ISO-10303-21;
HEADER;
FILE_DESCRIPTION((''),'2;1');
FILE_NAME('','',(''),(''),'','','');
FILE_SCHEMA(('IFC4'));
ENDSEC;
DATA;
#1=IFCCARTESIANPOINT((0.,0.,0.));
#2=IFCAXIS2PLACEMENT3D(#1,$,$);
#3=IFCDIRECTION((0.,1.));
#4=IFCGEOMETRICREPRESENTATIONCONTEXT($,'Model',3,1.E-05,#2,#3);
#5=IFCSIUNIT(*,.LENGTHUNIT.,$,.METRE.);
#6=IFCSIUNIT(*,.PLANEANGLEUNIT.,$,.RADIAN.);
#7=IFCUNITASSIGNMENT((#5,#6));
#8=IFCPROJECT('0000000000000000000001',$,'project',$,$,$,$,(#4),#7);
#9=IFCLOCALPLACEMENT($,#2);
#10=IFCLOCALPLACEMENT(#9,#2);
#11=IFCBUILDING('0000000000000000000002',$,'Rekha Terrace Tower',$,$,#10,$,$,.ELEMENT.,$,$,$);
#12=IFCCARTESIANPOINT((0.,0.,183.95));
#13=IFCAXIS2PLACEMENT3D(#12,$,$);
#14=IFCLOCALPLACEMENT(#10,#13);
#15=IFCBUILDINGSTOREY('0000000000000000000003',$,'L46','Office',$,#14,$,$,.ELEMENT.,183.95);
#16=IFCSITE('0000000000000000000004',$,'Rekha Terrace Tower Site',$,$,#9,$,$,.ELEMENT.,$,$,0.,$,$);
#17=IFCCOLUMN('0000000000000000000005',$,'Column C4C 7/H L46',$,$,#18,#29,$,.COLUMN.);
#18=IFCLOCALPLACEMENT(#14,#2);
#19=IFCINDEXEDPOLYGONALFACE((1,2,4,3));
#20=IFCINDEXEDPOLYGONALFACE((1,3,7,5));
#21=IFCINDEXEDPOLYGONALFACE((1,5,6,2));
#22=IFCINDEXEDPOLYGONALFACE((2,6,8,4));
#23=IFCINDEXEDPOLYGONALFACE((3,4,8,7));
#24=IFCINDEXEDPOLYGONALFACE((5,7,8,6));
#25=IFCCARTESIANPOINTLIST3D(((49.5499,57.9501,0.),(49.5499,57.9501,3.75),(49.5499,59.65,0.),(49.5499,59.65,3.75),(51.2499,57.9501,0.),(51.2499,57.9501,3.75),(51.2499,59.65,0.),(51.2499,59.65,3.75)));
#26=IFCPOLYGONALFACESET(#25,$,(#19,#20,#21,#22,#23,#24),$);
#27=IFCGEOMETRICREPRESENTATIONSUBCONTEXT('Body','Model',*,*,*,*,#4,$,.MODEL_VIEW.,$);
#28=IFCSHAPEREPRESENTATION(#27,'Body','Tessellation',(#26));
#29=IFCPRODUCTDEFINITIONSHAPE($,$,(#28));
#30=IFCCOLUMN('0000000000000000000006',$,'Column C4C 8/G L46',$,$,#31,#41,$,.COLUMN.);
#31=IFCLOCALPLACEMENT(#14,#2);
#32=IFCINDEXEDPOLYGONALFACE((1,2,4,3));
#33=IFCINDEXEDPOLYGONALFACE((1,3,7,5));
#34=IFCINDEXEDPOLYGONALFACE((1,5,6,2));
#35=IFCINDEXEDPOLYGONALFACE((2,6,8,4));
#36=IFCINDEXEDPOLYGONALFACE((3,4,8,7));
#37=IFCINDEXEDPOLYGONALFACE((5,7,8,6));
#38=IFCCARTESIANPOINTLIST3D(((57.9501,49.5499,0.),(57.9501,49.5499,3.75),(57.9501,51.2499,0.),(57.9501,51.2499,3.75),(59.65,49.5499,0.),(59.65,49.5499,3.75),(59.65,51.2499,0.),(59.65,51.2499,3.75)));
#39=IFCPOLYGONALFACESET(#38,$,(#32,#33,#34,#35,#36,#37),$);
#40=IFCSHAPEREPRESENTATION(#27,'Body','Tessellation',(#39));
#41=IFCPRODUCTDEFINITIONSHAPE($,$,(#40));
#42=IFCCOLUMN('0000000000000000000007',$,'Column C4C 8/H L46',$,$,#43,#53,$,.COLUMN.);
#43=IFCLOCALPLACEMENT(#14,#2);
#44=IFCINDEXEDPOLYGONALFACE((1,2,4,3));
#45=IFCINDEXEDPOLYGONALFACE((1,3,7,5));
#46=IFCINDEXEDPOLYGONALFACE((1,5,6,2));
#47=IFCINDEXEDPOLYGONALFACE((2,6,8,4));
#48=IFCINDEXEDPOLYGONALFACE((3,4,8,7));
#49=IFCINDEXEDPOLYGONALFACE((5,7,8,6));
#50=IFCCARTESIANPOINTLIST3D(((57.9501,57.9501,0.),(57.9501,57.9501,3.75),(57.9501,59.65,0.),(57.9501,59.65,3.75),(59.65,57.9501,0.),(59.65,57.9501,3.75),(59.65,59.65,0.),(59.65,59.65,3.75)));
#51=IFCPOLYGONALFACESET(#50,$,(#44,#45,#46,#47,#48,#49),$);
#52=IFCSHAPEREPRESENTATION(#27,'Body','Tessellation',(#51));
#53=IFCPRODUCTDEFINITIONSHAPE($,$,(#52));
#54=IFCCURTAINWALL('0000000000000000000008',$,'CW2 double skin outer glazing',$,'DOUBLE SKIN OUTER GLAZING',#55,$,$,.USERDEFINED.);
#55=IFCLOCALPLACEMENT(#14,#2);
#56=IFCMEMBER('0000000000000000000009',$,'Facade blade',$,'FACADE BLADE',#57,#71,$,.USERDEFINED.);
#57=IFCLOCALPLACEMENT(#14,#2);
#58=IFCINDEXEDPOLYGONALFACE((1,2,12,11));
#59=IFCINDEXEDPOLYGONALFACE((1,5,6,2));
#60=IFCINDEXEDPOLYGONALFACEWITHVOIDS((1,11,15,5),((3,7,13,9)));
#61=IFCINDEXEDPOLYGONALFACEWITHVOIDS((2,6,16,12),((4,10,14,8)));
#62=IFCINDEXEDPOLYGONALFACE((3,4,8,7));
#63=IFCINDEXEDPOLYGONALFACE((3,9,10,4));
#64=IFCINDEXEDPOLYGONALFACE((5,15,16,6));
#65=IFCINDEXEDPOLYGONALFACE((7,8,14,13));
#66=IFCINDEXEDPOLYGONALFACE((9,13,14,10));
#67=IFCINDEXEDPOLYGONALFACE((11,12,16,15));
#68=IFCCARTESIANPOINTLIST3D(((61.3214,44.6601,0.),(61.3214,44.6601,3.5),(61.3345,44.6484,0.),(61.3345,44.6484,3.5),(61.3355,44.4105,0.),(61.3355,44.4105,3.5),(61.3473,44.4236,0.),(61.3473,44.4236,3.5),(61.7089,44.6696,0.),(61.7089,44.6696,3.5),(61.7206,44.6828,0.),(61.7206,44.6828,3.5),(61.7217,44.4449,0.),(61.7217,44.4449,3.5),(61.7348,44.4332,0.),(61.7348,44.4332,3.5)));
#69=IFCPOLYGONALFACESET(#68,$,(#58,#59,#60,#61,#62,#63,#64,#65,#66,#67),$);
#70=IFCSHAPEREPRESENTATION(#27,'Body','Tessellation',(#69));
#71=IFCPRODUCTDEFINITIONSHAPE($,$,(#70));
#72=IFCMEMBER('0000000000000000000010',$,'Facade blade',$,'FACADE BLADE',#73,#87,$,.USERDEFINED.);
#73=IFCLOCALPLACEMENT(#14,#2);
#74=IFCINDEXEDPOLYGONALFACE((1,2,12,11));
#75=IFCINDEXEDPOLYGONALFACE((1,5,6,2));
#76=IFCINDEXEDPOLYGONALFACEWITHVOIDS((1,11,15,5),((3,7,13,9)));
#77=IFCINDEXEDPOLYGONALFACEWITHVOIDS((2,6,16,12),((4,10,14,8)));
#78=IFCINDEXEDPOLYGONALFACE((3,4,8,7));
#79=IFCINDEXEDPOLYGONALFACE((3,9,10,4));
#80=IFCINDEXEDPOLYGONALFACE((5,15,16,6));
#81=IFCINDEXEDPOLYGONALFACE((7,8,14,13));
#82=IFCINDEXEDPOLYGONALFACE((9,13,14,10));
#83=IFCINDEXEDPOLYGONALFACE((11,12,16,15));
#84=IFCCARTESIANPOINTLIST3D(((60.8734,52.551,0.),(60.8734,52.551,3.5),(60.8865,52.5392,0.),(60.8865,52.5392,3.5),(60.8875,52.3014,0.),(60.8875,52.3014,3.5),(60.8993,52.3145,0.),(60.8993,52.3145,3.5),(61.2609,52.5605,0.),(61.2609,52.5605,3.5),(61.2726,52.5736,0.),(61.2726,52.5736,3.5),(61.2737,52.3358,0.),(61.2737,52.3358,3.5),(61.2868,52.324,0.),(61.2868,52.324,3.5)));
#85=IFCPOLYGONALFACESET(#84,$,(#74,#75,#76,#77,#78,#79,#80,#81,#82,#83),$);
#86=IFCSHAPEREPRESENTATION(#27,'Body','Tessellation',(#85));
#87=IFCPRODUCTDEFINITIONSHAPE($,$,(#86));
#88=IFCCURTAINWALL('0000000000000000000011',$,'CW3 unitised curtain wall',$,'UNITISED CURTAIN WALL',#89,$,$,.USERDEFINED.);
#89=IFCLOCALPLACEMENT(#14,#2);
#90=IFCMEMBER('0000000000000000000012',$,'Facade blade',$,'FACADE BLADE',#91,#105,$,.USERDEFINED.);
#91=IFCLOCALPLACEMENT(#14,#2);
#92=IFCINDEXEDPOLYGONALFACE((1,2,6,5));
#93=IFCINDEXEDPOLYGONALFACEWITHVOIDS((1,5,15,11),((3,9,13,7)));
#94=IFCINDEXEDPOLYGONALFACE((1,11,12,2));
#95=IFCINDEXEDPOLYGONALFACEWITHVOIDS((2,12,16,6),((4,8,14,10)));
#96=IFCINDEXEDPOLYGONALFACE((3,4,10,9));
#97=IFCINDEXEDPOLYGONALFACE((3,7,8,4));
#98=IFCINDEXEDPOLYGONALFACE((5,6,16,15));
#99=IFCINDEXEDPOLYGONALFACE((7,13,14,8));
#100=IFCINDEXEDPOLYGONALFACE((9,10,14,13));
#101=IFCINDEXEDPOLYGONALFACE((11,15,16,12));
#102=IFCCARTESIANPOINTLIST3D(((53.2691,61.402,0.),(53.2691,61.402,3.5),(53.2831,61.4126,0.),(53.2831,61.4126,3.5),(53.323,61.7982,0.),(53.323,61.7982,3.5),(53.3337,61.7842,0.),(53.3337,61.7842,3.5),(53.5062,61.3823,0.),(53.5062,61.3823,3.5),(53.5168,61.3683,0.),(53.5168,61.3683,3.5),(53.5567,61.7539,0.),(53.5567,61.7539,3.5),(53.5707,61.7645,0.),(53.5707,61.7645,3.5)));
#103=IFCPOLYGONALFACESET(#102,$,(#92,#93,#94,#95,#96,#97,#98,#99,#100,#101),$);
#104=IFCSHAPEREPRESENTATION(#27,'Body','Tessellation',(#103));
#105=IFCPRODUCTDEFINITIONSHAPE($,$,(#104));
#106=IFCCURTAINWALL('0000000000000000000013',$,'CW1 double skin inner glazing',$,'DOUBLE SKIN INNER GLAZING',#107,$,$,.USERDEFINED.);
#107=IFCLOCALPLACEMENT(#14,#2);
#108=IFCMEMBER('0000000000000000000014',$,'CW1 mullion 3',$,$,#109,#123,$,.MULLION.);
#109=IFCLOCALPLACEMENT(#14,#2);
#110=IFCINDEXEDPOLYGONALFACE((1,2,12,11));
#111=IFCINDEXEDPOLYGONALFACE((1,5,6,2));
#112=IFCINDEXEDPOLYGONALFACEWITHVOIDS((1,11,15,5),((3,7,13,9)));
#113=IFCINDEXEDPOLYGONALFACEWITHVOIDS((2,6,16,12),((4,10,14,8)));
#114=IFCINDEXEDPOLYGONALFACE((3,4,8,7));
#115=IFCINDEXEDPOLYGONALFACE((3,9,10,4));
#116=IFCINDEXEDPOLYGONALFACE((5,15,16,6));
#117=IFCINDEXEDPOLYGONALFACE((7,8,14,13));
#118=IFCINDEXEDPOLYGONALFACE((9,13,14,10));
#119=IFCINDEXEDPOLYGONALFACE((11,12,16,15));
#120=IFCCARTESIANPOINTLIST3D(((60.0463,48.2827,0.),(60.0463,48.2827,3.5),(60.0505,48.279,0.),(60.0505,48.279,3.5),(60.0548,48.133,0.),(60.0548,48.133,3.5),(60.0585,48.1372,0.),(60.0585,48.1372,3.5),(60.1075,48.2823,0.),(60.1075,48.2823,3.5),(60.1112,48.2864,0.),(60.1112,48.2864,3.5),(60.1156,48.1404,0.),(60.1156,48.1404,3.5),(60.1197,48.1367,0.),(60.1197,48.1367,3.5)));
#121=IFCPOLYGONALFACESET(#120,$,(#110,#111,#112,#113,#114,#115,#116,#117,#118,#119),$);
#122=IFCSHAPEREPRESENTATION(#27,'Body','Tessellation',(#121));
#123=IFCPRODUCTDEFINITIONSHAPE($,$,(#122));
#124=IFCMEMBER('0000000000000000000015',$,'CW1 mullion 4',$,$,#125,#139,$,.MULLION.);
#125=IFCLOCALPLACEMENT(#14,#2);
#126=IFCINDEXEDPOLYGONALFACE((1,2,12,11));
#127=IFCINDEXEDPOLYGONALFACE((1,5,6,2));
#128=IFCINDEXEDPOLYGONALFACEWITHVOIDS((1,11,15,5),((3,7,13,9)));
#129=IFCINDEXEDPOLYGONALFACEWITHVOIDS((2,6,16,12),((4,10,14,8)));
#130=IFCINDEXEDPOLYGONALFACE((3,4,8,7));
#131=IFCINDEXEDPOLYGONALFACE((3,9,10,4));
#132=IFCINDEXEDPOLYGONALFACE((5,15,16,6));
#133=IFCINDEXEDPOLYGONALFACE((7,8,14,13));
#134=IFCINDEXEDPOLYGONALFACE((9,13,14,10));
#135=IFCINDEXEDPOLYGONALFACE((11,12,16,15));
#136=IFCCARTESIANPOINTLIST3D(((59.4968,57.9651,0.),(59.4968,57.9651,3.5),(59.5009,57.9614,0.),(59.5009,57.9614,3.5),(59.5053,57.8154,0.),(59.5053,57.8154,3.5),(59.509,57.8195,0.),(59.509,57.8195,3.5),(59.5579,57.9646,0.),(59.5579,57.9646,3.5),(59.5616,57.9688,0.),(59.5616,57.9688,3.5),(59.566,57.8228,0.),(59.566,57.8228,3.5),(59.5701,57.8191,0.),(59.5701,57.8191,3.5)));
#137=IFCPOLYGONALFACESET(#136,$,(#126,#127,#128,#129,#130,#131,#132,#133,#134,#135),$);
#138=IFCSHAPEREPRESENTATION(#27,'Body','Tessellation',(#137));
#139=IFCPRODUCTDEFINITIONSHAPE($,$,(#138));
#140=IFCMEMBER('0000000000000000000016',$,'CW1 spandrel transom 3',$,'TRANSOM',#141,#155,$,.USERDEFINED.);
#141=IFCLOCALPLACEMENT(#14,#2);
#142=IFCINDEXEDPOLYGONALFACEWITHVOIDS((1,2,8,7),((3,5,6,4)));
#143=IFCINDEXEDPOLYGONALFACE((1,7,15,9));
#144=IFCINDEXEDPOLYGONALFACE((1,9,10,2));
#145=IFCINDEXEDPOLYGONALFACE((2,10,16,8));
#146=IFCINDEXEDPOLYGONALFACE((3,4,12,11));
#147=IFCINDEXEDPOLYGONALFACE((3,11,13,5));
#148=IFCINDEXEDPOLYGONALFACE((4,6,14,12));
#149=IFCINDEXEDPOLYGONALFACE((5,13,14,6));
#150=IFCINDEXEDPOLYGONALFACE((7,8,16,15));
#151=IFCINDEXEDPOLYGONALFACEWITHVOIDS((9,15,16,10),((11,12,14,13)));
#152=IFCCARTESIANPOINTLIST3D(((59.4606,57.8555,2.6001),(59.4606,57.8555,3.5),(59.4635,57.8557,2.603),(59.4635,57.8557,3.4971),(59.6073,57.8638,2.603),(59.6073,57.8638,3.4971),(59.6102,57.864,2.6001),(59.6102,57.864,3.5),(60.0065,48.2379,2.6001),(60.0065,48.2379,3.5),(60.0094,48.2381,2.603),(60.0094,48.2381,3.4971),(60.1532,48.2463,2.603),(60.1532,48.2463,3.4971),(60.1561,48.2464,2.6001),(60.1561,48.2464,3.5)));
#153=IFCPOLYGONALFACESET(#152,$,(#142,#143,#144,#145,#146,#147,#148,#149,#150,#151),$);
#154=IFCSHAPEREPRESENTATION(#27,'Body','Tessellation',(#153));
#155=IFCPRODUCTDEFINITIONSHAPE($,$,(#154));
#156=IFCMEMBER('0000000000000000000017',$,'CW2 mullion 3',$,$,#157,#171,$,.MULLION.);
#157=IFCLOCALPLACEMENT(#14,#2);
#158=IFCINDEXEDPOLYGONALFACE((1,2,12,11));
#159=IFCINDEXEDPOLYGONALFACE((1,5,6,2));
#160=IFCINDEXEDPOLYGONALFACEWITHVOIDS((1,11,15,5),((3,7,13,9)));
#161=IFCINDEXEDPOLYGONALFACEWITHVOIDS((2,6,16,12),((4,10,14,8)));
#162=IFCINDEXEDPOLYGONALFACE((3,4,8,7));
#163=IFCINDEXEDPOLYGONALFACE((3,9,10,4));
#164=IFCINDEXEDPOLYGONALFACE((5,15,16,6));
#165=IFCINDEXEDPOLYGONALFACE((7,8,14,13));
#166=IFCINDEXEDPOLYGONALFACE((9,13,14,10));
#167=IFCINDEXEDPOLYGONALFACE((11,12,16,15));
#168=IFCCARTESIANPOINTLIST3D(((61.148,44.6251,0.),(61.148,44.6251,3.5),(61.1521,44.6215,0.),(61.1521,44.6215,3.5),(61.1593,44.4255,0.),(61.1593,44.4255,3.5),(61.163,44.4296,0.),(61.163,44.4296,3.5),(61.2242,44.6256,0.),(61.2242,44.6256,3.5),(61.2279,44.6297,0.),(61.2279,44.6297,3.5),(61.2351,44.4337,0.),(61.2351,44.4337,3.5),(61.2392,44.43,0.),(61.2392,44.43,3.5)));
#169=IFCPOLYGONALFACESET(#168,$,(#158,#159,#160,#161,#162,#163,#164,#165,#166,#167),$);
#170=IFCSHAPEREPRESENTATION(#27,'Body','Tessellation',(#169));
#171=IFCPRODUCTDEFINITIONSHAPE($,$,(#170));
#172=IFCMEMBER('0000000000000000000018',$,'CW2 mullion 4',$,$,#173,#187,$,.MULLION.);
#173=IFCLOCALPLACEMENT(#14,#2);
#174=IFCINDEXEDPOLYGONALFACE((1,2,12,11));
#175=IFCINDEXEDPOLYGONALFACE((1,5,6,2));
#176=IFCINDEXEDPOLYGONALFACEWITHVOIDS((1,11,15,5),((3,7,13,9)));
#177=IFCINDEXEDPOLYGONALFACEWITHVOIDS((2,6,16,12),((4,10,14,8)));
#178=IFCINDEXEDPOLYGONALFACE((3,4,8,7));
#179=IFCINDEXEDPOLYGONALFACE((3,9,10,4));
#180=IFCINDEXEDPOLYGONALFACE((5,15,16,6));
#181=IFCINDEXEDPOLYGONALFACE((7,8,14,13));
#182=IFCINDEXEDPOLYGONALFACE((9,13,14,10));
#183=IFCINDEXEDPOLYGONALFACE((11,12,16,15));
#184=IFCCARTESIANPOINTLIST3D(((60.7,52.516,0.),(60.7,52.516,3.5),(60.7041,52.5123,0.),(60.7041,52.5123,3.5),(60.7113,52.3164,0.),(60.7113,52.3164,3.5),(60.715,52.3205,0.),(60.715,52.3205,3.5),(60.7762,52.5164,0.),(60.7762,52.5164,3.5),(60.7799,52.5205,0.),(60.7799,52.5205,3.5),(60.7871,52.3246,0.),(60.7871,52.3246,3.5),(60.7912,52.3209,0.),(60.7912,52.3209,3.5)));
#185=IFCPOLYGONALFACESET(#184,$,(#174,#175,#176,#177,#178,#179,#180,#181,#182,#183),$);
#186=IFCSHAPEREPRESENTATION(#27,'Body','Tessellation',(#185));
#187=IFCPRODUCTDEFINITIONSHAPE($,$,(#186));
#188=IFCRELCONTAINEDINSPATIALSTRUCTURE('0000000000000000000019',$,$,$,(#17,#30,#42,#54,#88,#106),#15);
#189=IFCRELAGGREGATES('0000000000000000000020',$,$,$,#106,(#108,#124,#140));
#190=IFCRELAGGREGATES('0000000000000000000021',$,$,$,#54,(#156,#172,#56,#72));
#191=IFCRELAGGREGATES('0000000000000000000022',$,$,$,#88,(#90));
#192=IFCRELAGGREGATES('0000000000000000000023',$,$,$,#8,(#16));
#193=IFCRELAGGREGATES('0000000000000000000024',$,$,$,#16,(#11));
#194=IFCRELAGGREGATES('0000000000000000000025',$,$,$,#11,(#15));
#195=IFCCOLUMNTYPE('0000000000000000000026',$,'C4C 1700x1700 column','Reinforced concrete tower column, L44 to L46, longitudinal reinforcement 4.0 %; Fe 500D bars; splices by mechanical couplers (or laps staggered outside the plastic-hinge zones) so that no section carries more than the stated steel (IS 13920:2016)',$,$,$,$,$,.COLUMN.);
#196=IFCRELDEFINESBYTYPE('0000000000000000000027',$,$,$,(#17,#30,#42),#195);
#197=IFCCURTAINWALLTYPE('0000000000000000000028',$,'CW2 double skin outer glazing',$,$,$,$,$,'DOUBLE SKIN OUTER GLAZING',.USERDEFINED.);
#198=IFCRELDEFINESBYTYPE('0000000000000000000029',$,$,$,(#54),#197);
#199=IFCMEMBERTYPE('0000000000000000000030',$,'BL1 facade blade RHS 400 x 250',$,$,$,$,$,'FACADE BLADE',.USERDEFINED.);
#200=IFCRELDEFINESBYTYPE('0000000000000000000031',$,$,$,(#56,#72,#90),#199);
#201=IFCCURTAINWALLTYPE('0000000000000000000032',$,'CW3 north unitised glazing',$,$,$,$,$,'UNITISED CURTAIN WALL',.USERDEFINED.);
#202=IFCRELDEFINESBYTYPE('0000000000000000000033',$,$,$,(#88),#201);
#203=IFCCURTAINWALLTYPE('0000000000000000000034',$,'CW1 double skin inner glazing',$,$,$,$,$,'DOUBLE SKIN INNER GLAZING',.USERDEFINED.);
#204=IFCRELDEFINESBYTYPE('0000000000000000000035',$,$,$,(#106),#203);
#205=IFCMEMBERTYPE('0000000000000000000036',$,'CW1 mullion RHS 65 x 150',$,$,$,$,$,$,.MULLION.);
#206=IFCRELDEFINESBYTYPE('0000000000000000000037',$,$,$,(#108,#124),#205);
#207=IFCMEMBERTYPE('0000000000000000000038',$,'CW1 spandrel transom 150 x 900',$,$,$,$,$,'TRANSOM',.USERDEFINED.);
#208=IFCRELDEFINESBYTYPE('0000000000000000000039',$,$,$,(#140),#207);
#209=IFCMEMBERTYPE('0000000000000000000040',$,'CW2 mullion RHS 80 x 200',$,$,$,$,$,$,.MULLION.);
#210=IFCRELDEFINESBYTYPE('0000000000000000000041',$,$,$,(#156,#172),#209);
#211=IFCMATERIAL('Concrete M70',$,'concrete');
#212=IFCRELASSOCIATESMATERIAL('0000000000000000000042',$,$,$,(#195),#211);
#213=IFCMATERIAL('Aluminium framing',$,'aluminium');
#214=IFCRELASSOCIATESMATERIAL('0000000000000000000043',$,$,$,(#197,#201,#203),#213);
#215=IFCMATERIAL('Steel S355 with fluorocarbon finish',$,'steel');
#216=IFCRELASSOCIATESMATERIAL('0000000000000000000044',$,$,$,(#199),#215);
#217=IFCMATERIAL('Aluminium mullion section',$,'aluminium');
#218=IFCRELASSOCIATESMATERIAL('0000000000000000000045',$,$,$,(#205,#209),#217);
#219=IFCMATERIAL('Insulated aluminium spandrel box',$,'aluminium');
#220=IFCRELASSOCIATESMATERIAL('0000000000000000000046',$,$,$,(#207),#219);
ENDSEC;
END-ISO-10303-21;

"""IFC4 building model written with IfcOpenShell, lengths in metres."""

from ifc_helpers import new_model, si_unit, direction, frame, origin, origin_2d, place, context, subcontext, project, spatial, rectangle, hollow_rectangle, extrude, material, material_profile, profile_set, type_object, element, aggregate, save


model = new_model("IFC4")

# Units and contexts
model_context = context("Model", 3, precision=1e-05, world=origin(), true_north=direction((0.0, 1.0)))
body_context = subcontext(model_context, "Body", "Model", "MODEL_VIEW")
ifc_project = project(units=[si_unit("LENGTHUNIT", "METRE"), si_unit("PLANEANGLEUNIT", "RADIAN")], contexts=[model_context])

# Site, building, storey
site_placement = place(None, origin())
site = spatial("IfcSite", under=ifc_project, at=site_placement, Name="Rekha Terrace Tower Site", CompositionType="ELEMENT", RefElevation=0.0)
building_placement = place(site_placement, origin())
building = spatial("IfcBuilding", under=site, at=building_placement, Name="Rekha Terrace Tower", CompositionType="ELEMENT")
storey_placement = place(building_placement, frame((0.0, 0.0, 183.95)))
storey = spatial("IfcBuildingStorey", under=building, at=storey_placement, Name="L46", Description="Office", CompositionType="ELEMENT", Elevation=183.95)

# Columns
ifc_material_1 = material(Name="Concrete M70", Category="concrete")
ifc_material_profile_1 = material_profile(ifc_material_1, rectangle(XDim=1.7, YDim=1.7, at=origin_2d()), Name="RC 1700x1700")
ifc_profile_set_1 = profile_set([ifc_material_profile_1], Name="Concrete M70")
column_type = type_object("IfcColumnType", Name="C4C 1700x1700 column", Description="Reinforced concrete tower column, L44 to L46, longitudinal reinforcement 4.0 %; Fe 500D bars; splices by mechanical couplers (or laps staggered outside the plastic-hinge zones) so that no section carries more than the stated steel (IS 13920:2016)", PredefinedType="COLUMN", material=ifc_profile_set_1)
for number, where, z_axis, x_axis, name in (
    (1, (50.3999, 58.8, 0.0), (0.0, 0.0, 1.0), (1.0, 0.0, 0.0), "Column C4C 7/H L46"),
    (2, (58.8, 50.3999, 0.0), (0.0, 0.0, 1.0), (1.0, 0.0, 0.0), "Column C4C 8/G L46"),
    (3, (58.8, 58.8, 0.0), (0.0, 0.0, 1.0), (1.0, 0.0, 0.0), "Column C4C 8/H L46"),
):
    element("IfcColumn", number, at=place(storey_placement, frame(where, z_axis=z_axis, x_axis=x_axis)), inside=storey, type_object=column_type, Name=name, PredefinedType="COLUMN", context=body_context, shape_type="SweptSolid", body=[
        extrude(rectangle(XDim=1.7, YDim=1.7, at=origin_2d()), origin(), (0.0, 0.0, 1.0), 3.75),
    ])

# Curtain wall, members
ifc_material_2 = material(Name="Aluminium framing", Category="aluminium")
curtain_wall_type_1 = type_object("IfcCurtainWallType", Name="CW2 double skin outer glazing", ElementType="DOUBLE SKIN OUTER GLAZING", PredefinedType="USERDEFINED", material=ifc_material_2)
curtain_wall_1_placement = place(storey_placement, origin())
curtain_wall_1 = element("IfcCurtainWall", 4, at=curtain_wall_1_placement, inside=storey, type_object=curtain_wall_type_1, Name="CW2 double skin outer glazing", ObjectType="DOUBLE SKIN OUTER GLAZING", PredefinedType="USERDEFINED")
ifc_material_3 = material(Name="Steel S355 with fluorocarbon finish", Category="steel")
ifc_material_profile_2 = material_profile(ifc_material_3, hollow_rectangle(XDim=0.25, YDim=0.3999, WallThickness=0.0125, at=origin_2d()), Name="RHS400x250x12.5")
ifc_profile_set_2 = profile_set([ifc_material_profile_2], Name="Steel S355 with fluorocarbon finish")
member_type_1 = type_object("IfcMemberType", Name="BL1 facade blade RHS 400 x 250", ElementType="FACADE BLADE", PredefinedType="USERDEFINED", material=ifc_profile_set_2)
member_1_placement = place(storey_placement, frame((61.5281, 44.5466, 0.0), z_axis=(0.0, 0.0, 1.0), x_axis=(-0.056674, 0.998393, 0.0)))
member_1 = element("IfcMember", 5, at=member_1_placement, type_object=member_type_1, Name="Facade blade", ObjectType="FACADE BLADE", PredefinedType="USERDEFINED", context=body_context, shape_type="SweptSolid", body=[
    extrude(hollow_rectangle(XDim=0.25, YDim=0.3999, WallThickness=0.0125, at=origin_2d()), origin(), (0.0, 0.0, 1.0), 3.5),
])
member_2_placement = place(storey_placement, frame((61.0801, 52.4375, 0.0), z_axis=(0.0, 0.0, 1.0), x_axis=(-0.056674, 0.998393, 0.0)))
member_2 = element("IfcMember", 6, at=member_2_placement, type_object=member_type_1, Name="Facade blade", ObjectType="FACADE BLADE", PredefinedType="USERDEFINED", context=body_context, shape_type="SweptSolid", body=[
    extrude(hollow_rectangle(XDim=0.25, YDim=0.3999, WallThickness=0.0125, at=origin_2d()), origin(), (0.0, 0.0, 1.0), 3.5),
])

# Curtain wall, member
curtain_wall_type_2 = type_object("IfcCurtainWallType", Name="CW3 north unitised glazing", ElementType="UNITISED CURTAIN WALL", PredefinedType="USERDEFINED", material=ifc_material_2)
curtain_wall_2_placement = place(storey_placement, origin())
curtain_wall_2 = element("IfcCurtainWall", 7, at=curtain_wall_2_placement, inside=storey, type_object=curtain_wall_type_2, Name="CW3 unitised curtain wall", ObjectType="UNITISED CURTAIN WALL", PredefinedType="USERDEFINED")
member_3_placement = place(storey_placement, frame((53.4199, 61.5833, 0.0), z_axis=(0.0, 0.0, 1.0), x_axis=(-0.990867, 0.134841, 0.0)))
member_3 = element("IfcMember", 8, at=member_3_placement, type_object=member_type_1, Name="Facade blade", ObjectType="FACADE BLADE", PredefinedType="USERDEFINED", context=body_context, shape_type="SweptSolid", body=[
    extrude(hollow_rectangle(XDim=0.25, YDim=0.3999, WallThickness=0.0125, at=origin_2d()), origin(), (0.0, 0.0, 1.0), 3.5),
])

# Curtain wall, members
curtain_wall_type_3 = type_object("IfcCurtainWallType", Name="CW1 double skin inner glazing", ElementType="DOUBLE SKIN INNER GLAZING", PredefinedType="USERDEFINED", material=ifc_material_2)
curtain_wall_3_placement = place(storey_placement, origin())
curtain_wall_3 = element("IfcCurtainWall", 9, at=curtain_wall_3_placement, inside=storey, type_object=curtain_wall_type_3, Name="CW1 double skin inner glazing", ObjectType="DOUBLE SKIN INNER GLAZING", PredefinedType="USERDEFINED")
ifc_material_4 = material(Name="Aluminium mullion section", Category="aluminium")
ifc_material_profile_3 = material_profile(ifc_material_4, hollow_rectangle(XDim=0.0649, YDim=0.1499, WallThickness=0.0039, at=origin_2d()), Name="AL RHS 65x150")
ifc_profile_set_3 = profile_set([ifc_material_profile_3], Name="Aluminium mullion section")
member_type_2 = type_object("IfcMemberType", Name="CW1 mullion RHS 65 x 150", PredefinedType="MULLION", material=ifc_profile_set_3)
member_4_placement = place(storey_placement, frame((60.083, 48.2097, 0.0), z_axis=(0.0, 0.0, 1.0), x_axis=(-0.998393, -0.056673, 0.0)))
member_4 = element("IfcMember", 10, at=member_4_placement, type_object=member_type_2, Name="CW1 mullion 3", PredefinedType="MULLION", context=body_context, shape_type="SweptSolid", body=[
    extrude(hollow_rectangle(XDim=0.0649, YDim=0.1499, WallThickness=0.0039, at=origin_2d()), origin(), (0.0, 0.0, 1.0), 3.5),
])
member_5_placement = place(storey_placement, frame((59.5334, 57.8921, 0.0), z_axis=(0.0, 0.0, 1.0), x_axis=(-0.998393, -0.056673, 0.0)))
member_5 = element("IfcMember", 11, at=member_5_placement, type_object=member_type_2, Name="CW1 mullion 4", PredefinedType="MULLION", context=body_context, shape_type="SweptSolid", body=[
    extrude(hollow_rectangle(XDim=0.0649, YDim=0.1499, WallThickness=0.0039, at=origin_2d()), origin(), (0.0, 0.0, 1.0), 3.5),
])
ifc_material_5 = material(Name="Insulated aluminium spandrel box", Category="aluminium")
ifc_material_profile_4 = material_profile(ifc_material_5, hollow_rectangle(XDim=0.1499, YDim=0.8999, WallThickness=0.0029, at=origin_2d()), Name="AL SPANDREL BOX 150x900")
ifc_profile_set_4 = profile_set([ifc_material_profile_4], Name="Insulated aluminium spandrel box")
member_type_3 = type_object("IfcMemberType", Name="CW1 spandrel transom 150 x 900", ElementType="TRANSOM", PredefinedType="USERDEFINED", material=ifc_profile_set_4)
member_6_placement = place(storey_placement, frame((60.0813, 48.2422, 3.05), z_axis=(-0.056669, 0.998393, 0.0), x_axis=(-0.998393, -0.056669, 0.0)))
member_6 = element("IfcMember", 12, at=member_6_placement, type_object=member_type_3, Name="CW1 spandrel transom 3", ObjectType="TRANSOM", PredefinedType="USERDEFINED", context=body_context, shape_type="SweptSolid", body=[
    extrude(hollow_rectangle(XDim=0.1499, YDim=0.8999, WallThickness=0.0029, at=origin_2d()), origin(), (0.0, 0.0, 1.0), 9.6331),
])

# Members
ifc_material_profile_5 = material_profile(ifc_material_4, hollow_rectangle(XDim=0.0801, YDim=0.2, WallThickness=0.0039, at=origin_2d()), Name="AL RHS 80x200")
ifc_profile_set_5 = profile_set([ifc_material_profile_5], Name="Aluminium mullion section")
member_type_4 = type_object("IfcMemberType", Name="CW2 mullion RHS 80 x 200", PredefinedType="MULLION", material=ifc_profile_set_5)
member_7_placement = place(storey_placement, frame((61.1936, 44.5276, 0.0), z_axis=(0.0, 0.0, 1.0), x_axis=(-0.998393, -0.056673, 0.0)))
member_7 = element("IfcMember", 13, at=member_7_placement, type_object=member_type_4, Name="CW2 mullion 3", PredefinedType="MULLION", context=body_context, shape_type="SweptSolid", body=[
    extrude(hollow_rectangle(XDim=0.0801, YDim=0.2, WallThickness=0.0039, at=origin_2d()), origin(), (0.0, 0.0, 1.0), 3.5),
])
member_8_placement = place(storey_placement, frame((60.7456, 52.4185, 0.0), z_axis=(0.0, 0.0, 1.0), x_axis=(-0.998393, -0.056673, 0.0)))
member_8 = element("IfcMember", 14, at=member_8_placement, type_object=member_type_4, Name="CW2 mullion 4", PredefinedType="MULLION", context=body_context, shape_type="SweptSolid", body=[
    extrude(hollow_rectangle(XDim=0.0801, YDim=0.2, WallThickness=0.0039, at=origin_2d()), origin(), (0.0, 0.0, 1.0), 3.5),
])

aggregate(curtain_wall_3, [member_4, member_5, member_6])
aggregate(curtain_wall_1, [member_7, member_8, member_1, member_2])
aggregate(curtain_wall_2, [member_3])

save(model, "model.ifc")
